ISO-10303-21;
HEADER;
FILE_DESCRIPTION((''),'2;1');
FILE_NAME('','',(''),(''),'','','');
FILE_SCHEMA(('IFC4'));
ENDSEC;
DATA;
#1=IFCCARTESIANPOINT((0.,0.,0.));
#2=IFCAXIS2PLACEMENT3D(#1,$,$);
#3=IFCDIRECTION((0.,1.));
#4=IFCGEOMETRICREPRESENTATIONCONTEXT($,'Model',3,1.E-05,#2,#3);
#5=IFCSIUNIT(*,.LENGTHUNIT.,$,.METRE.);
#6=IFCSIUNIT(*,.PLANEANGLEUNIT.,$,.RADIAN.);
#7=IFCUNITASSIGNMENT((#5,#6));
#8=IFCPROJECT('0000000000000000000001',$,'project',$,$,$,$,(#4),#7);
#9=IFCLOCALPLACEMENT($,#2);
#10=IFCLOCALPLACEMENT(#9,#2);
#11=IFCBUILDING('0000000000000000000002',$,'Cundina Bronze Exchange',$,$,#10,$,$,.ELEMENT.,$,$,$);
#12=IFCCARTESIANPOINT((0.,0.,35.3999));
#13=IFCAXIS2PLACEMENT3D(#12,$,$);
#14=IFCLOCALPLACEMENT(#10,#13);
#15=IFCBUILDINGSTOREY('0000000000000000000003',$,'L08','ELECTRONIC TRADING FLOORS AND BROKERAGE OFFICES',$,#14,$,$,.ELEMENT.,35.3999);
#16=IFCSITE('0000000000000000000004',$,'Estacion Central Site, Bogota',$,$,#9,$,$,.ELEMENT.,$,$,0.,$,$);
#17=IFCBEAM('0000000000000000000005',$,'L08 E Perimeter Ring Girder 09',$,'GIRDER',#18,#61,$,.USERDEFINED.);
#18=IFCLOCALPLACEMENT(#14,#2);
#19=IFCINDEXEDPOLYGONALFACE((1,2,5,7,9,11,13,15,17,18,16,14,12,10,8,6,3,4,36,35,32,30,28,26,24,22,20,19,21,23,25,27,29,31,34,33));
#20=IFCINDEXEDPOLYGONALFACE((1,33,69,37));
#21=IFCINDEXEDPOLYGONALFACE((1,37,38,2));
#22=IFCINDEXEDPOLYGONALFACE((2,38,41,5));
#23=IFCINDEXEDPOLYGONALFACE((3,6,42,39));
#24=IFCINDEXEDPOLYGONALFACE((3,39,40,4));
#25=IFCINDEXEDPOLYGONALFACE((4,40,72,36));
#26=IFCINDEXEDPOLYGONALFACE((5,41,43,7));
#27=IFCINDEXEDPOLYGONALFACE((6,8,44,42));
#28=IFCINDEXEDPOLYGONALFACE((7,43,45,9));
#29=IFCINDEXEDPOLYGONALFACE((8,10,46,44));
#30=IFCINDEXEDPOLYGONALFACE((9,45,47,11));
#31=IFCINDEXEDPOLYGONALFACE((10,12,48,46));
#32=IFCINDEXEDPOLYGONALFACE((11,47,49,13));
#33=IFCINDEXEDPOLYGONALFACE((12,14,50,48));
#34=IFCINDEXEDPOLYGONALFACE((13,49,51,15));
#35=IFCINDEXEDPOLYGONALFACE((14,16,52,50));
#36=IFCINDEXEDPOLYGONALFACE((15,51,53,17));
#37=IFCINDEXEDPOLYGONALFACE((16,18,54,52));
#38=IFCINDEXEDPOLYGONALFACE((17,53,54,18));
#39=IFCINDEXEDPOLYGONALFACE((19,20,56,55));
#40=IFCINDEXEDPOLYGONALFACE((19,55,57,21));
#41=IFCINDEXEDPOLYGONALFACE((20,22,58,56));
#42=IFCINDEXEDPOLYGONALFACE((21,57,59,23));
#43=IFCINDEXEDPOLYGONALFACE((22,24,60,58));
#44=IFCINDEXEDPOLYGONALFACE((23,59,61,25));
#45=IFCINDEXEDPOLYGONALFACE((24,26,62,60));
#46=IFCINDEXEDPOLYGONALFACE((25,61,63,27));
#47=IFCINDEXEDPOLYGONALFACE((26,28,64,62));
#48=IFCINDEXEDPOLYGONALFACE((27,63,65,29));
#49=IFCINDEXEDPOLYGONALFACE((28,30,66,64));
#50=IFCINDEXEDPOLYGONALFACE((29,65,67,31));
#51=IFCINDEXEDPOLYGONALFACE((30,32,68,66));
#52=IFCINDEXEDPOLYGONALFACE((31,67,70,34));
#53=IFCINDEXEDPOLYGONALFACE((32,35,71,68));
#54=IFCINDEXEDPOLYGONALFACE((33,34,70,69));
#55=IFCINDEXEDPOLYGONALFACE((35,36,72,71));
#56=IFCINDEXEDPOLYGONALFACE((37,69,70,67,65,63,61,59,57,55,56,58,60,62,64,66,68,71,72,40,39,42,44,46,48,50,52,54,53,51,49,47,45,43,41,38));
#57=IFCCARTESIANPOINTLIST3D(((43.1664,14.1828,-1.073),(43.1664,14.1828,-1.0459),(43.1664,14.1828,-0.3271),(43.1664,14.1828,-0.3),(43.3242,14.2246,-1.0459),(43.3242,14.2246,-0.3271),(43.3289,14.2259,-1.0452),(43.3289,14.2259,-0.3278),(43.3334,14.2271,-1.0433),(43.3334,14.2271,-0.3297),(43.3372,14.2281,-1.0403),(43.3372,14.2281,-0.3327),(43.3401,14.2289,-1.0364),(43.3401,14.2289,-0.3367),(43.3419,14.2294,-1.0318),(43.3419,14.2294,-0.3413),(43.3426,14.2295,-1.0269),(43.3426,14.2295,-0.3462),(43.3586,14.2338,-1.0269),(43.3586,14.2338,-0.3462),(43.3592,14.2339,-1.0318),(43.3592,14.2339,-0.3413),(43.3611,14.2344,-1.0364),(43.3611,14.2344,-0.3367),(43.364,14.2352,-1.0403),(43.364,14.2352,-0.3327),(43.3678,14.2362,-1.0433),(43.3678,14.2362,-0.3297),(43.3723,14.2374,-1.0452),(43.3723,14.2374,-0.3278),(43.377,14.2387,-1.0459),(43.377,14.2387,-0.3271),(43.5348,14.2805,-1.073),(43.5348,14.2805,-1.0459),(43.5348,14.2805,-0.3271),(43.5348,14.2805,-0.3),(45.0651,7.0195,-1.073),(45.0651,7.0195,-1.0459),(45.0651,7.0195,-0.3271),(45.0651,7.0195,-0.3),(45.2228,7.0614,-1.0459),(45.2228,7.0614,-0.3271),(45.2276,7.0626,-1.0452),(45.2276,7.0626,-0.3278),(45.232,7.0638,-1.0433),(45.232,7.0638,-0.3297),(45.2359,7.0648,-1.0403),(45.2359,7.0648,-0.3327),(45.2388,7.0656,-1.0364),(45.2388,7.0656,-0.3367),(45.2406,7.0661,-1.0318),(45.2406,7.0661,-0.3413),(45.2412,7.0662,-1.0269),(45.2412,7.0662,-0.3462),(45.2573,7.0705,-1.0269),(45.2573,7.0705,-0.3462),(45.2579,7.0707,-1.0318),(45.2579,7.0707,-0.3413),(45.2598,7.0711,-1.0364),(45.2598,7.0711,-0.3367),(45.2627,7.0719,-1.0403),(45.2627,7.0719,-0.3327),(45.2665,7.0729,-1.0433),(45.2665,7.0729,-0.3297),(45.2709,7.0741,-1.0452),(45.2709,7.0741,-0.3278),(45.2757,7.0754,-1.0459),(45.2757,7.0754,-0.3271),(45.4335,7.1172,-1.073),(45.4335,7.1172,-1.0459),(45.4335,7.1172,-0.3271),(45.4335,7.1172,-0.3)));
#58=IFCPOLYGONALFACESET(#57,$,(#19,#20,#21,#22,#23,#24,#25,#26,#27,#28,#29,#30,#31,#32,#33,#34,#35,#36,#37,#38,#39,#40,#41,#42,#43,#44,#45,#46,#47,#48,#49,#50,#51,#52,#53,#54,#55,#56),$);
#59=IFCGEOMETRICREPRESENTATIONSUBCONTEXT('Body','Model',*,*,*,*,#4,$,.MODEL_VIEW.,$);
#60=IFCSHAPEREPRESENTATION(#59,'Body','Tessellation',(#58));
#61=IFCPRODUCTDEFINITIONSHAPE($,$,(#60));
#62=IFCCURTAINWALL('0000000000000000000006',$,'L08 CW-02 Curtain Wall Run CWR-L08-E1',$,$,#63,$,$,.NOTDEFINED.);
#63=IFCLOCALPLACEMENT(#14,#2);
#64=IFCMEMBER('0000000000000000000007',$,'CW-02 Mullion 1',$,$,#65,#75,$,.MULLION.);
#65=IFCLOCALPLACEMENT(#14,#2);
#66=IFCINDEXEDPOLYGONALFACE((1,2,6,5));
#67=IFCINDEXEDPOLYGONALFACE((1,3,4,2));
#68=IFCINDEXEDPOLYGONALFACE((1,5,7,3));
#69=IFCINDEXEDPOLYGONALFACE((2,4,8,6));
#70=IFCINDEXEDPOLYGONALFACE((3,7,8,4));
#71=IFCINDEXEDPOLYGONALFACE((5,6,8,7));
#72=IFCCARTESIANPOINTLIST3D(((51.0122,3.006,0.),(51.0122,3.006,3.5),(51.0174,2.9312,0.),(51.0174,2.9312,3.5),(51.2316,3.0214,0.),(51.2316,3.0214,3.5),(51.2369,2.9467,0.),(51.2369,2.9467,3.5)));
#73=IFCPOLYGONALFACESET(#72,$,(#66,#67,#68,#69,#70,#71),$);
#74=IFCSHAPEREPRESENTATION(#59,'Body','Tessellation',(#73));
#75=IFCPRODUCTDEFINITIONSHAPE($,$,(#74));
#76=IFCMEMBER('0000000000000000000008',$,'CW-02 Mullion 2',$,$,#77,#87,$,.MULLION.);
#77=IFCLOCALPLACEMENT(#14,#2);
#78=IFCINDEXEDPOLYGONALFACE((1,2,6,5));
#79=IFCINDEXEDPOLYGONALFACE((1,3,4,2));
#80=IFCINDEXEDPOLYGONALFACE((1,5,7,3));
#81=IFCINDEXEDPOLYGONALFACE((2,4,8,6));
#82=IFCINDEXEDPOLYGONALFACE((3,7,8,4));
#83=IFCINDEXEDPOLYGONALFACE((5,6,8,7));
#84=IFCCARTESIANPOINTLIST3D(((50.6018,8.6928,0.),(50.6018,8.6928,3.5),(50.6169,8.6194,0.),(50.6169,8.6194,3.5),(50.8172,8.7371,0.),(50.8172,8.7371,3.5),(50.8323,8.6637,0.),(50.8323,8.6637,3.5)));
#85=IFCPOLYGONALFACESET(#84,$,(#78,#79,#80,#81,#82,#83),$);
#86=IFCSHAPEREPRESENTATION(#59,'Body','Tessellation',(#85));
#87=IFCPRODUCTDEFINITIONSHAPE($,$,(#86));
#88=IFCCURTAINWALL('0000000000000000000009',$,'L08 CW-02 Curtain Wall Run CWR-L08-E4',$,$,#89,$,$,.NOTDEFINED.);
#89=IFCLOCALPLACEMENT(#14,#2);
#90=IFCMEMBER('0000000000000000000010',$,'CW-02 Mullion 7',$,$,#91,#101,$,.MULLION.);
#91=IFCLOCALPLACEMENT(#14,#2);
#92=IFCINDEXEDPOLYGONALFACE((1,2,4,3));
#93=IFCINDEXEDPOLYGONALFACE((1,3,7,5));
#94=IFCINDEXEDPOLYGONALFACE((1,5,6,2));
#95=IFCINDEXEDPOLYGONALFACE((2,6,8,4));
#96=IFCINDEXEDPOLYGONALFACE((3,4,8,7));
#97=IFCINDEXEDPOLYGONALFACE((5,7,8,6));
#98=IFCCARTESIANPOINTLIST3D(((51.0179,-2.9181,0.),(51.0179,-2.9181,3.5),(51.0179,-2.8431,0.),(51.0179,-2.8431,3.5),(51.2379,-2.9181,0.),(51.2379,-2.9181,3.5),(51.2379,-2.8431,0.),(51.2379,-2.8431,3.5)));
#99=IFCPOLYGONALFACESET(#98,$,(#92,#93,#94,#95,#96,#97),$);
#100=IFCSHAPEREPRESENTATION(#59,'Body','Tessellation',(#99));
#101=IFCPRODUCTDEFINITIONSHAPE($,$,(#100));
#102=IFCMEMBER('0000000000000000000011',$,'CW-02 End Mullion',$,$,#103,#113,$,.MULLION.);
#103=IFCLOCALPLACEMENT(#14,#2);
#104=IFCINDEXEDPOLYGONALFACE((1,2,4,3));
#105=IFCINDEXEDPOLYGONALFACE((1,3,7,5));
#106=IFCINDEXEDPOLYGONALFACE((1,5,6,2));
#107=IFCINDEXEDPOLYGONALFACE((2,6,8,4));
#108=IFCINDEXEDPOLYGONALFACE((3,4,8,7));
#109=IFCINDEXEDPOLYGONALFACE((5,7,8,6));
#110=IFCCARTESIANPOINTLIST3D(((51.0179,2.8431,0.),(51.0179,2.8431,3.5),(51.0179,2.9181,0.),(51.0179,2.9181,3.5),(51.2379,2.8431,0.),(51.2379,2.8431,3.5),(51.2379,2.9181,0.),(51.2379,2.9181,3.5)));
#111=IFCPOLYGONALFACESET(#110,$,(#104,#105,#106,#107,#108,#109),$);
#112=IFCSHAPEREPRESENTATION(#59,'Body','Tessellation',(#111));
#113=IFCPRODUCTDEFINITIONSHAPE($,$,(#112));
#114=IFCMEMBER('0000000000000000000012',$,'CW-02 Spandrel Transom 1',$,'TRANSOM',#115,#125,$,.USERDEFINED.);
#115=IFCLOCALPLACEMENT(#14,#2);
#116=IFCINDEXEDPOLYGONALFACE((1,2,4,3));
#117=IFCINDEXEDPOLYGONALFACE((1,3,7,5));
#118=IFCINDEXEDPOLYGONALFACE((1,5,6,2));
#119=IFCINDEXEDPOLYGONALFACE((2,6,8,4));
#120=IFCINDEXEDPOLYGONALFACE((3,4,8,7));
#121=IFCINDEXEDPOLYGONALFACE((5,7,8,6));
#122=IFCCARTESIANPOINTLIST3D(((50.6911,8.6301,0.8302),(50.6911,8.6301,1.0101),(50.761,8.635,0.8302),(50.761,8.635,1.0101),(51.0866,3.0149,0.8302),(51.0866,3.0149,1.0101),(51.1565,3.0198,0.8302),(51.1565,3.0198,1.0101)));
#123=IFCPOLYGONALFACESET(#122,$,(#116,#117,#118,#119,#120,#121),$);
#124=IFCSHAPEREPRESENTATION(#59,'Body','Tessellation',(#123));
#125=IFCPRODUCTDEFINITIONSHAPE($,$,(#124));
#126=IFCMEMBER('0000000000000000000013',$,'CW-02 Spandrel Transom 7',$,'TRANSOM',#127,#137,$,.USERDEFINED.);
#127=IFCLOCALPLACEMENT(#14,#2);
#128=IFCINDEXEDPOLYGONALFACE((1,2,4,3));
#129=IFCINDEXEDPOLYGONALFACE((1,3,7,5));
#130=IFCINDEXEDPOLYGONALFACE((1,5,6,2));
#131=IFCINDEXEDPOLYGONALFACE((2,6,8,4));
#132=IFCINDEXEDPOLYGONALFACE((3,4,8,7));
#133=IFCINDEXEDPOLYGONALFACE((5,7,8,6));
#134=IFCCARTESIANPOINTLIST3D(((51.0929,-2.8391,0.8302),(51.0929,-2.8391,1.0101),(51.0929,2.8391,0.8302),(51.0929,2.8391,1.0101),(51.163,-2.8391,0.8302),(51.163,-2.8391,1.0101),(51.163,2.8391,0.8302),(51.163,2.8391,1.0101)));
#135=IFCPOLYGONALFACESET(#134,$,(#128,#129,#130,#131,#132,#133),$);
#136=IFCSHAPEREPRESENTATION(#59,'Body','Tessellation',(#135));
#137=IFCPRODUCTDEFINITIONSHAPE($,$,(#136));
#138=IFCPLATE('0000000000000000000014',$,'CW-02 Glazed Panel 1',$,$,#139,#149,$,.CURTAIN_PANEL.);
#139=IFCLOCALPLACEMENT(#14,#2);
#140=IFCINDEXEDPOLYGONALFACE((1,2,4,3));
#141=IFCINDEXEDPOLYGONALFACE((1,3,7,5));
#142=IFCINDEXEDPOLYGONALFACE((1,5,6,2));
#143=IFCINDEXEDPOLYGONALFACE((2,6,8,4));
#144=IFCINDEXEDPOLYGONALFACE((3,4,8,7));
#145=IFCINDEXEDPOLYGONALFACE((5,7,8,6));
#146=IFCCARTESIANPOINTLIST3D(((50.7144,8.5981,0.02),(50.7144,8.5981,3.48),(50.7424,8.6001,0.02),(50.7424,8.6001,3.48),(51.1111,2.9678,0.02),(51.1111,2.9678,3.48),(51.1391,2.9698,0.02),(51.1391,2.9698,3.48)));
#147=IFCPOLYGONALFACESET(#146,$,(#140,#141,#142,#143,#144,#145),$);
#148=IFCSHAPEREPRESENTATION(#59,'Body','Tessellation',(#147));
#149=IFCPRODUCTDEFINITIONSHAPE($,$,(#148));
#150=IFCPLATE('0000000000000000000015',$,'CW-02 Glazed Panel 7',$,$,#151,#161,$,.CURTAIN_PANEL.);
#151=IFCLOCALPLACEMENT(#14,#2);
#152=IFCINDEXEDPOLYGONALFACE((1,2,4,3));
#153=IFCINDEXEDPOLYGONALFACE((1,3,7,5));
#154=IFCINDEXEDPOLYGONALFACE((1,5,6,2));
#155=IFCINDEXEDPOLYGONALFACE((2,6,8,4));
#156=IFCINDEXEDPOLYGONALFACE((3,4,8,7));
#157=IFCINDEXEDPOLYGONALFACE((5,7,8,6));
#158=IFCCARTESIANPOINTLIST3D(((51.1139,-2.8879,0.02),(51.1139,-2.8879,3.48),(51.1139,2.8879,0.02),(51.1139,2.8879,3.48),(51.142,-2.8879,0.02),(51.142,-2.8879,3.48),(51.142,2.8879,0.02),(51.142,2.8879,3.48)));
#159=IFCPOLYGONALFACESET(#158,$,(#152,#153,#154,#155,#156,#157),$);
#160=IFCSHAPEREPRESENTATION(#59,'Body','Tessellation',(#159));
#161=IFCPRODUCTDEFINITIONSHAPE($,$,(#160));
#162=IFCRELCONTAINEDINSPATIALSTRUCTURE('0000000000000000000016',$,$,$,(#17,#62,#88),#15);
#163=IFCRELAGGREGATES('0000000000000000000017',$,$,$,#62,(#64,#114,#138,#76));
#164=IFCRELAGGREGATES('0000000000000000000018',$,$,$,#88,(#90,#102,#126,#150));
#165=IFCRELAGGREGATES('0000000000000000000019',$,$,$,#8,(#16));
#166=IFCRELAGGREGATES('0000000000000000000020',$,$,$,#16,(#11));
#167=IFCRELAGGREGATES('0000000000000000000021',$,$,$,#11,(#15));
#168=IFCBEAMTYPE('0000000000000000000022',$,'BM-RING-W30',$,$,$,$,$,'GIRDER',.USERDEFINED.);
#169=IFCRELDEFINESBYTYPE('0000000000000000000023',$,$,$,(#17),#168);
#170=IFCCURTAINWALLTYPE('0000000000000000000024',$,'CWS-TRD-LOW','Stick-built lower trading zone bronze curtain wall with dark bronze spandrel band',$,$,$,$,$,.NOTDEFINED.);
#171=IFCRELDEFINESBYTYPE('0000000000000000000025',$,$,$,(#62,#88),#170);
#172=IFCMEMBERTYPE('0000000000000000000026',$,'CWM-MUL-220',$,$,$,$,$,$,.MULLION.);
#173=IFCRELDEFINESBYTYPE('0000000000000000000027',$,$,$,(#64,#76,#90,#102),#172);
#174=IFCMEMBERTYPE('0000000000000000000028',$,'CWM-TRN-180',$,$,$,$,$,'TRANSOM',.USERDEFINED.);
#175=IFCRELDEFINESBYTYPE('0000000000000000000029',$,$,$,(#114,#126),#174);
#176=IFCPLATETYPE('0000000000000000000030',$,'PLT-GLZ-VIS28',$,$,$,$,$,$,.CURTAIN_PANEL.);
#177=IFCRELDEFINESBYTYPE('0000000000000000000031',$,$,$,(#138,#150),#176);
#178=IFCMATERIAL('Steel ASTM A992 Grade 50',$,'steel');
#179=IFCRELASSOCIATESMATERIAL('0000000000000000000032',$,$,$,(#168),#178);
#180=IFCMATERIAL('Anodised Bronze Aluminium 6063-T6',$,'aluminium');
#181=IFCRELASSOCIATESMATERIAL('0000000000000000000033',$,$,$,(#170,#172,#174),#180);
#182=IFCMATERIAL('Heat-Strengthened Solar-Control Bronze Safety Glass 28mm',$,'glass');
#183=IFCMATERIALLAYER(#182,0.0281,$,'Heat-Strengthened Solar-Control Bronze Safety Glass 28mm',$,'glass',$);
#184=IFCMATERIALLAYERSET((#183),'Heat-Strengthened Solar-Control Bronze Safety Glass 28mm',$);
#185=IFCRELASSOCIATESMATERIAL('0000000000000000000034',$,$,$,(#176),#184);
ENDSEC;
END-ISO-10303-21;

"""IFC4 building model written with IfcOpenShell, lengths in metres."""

from ifc_helpers import new_model, si_unit, direction, frame, origin, origin_2d, place, context, subcontext, project, spatial, rectangle, i_section, extrude, material, layer, layer_set, material_profile, profile_set, type_object, element, aggregate, save


model = new_model("IFC4")

# Units and contexts
model_context = context("Model", 3, precision=1e-05, world=origin(), true_north=direction((0.0, 1.0)))
body_context = subcontext(model_context, "Body", "Model", "MODEL_VIEW")
ifc_project = project(units=[si_unit("LENGTHUNIT", "METRE"), si_unit("PLANEANGLEUNIT", "RADIAN")], contexts=[model_context])

# Site, building, storey
site_placement = place(None, origin())
site = spatial("IfcSite", under=ifc_project, at=site_placement, Name="Estacion Central Site, Bogota", CompositionType="ELEMENT", RefElevation=0.0)
building_placement = place(site_placement, origin())
building = spatial("IfcBuilding", under=site, at=building_placement, Name="Cundina Bronze Exchange", CompositionType="ELEMENT")
storey_placement = place(building_placement, frame((0.0, 0.0, 35.3999)))
storey = spatial("IfcBuildingStorey", under=building, at=storey_placement, Name="L08", Description="ELECTRONIC TRADING FLOORS AND BROKERAGE OFFICES", CompositionType="ELEMENT", Elevation=35.3999)

# Shared definitions
ifc_material_1 = material(Name="Steel ASTM A992 Grade 50", Category="steel")

# Beam
ifc_material_profile_1 = material_profile(ifc_material_1, i_section(OverallWidth=0.3811, OverallDepth=0.7729, WebThickness=0.0166, FlangeThickness=0.0271, FilletRadius=0.019, at=origin_2d()), Name="W30X173", Category="steel")
ifc_profile_set_1 = profile_set([ifc_material_profile_1], Name="Steel ASTM A992 Grade 50")
beam_type_1 = type_object("IfcBeamType", Name="BM-RING-W30", ElementType="GIRDER", PredefinedType="USERDEFINED", material=ifc_profile_set_1)
for number, where, z_axis, x_axis, name in (
    (1, (45.2493, 7.0684, -0.6865), (-0.256209, 0.966622, 0.0), (-0.966622, -0.256209, 0.0), "L08 E Perimeter Ring Girder 09"),
):
    element("IfcBeam", number, at=place(storey_placement, frame(where, z_axis=z_axis, x_axis=x_axis)), inside=storey, type_object=beam_type_1, Name=name, ObjectType="GIRDER", PredefinedType="USERDEFINED", context=body_context, shape_type="SweptSolid", body=[
        extrude(i_section(OverallWidth=0.3811, OverallDepth=0.7729, WebThickness=0.0166, FlangeThickness=0.0271, FilletRadius=0.019, at=origin_2d()), origin(), (0.0, 0.0, 1.0), 7.4106),
    ])

# Curtain walls, members
ifc_material_2 = material(Name="Anodised Bronze Aluminium 6063-T6", Category="aluminium")
curtain_wall_type = type_object("IfcCurtainWallType", Name="CWS-TRD-LOW", Description="Stick-built lower trading zone bronze curtain wall with dark bronze spandrel band", PredefinedType="NOTDEFINED", material=ifc_material_2)
curtain_wall_1_placement = place(storey_placement, origin())
curtain_wall_1 = element("IfcCurtainWall", 2, at=curtain_wall_1_placement, inside=storey, type_object=curtain_wall_type, Name="L08 CW-02 Curtain Wall Run CWR-L08-E1", PredefinedType="NOTDEFINED")
ifc_material_profile_2 = material_profile(ifc_material_2, rectangle(XDim=0.075, YDim=0.22, at=origin_2d()), Name="AL75X220", Category="aluminium")
ifc_profile_set_2 = profile_set([ifc_material_profile_2], Name="Anodised Bronze Aluminium 6063-T6")
member_type_1 = type_object("IfcMemberType", Name="CWM-MUL-220", PredefinedType="MULLION", material=ifc_profile_set_2)
member_1_placement = place(storey_placement, frame((51.1245, 2.9763, 0.0), z_axis=(0.0, 0.0, 1.0), x_axis=(-0.070279, 0.997527, 0.0)))
member_1 = element("IfcMember", 3, at=member_1_placement, type_object=member_type_1, Name="CW-02 Mullion 1", PredefinedType="MULLION", context=body_context, shape_type="SweptSolid", body=[
    extrude(rectangle(XDim=0.075, YDim=0.22, at=origin_2d()), origin(), (0.0, 0.0, 1.0), 3.5),
])
member_2_placement = place(storey_placement, frame((50.717, 8.6782, 0.0), z_axis=(0.0, 0.0, 1.0), x_axis=(-0.20142, 0.979505, 0.0)))
member_2 = element("IfcMember", 4, at=member_2_placement, type_object=member_type_1, Name="CW-02 Mullion 2", PredefinedType="MULLION", context=body_context, shape_type="SweptSolid", body=[
    extrude(rectangle(XDim=0.075, YDim=0.22, at=origin_2d()), origin(), (0.0, 0.0, 1.0), 3.5),
])
curtain_wall_2_placement = place(storey_placement, origin())
curtain_wall_2 = element("IfcCurtainWall", 5, at=curtain_wall_2_placement, inside=storey, type_object=curtain_wall_type, Name="L08 CW-02 Curtain Wall Run CWR-L08-E4", PredefinedType="NOTDEFINED")
member_3_placement = place(storey_placement, frame((51.1279, -2.8806, 0.0), z_axis=(0.0, 0.0, 1.0), x_axis=(0.0, 1.0, 0.0)))
member_3 = element("IfcMember", 6, at=member_3_placement, type_object=member_type_1, Name="CW-02 Mullion 7", PredefinedType="MULLION", context=body_context, shape_type="SweptSolid", body=[
    extrude(rectangle(XDim=0.075, YDim=0.22, at=origin_2d()), origin(), (0.0, 0.0, 1.0), 3.5),
])
member_4_placement = place(storey_placement, frame((51.1279, 2.8806, 0.0), z_axis=(0.0, 0.0, 1.0), x_axis=(0.0, 1.0, 0.0)))
member_4 = element("IfcMember", 7, at=member_4_placement, type_object=member_type_1, Name="CW-02 End Mullion", PredefinedType="MULLION", context=body_context, shape_type="SweptSolid", body=[
    extrude(rectangle(XDim=0.075, YDim=0.22, at=origin_2d()), origin(), (0.0, 0.0, 1.0), 3.5),
])

# Members
ifc_material_profile_3 = material_profile(ifc_material_2, rectangle(XDim=0.0701, YDim=0.1799, at=origin_2d()), Name="AL70X180", Category="aluminium")
ifc_profile_set_3 = profile_set([ifc_material_profile_3], Name="Anodised Bronze Aluminium 6063-T6")
member_type_2 = type_object("IfcMemberType", Name="CWM-TRN-180", ElementType="TRANSOM", PredefinedType="USERDEFINED", material=ifc_profile_set_3)
member_5_placement = place(storey_placement, frame((51.1216, 3.0173, 0.9202), z_axis=(-0.070261, 0.997529, 0.0), x_axis=(-0.997529, -0.070261, 0.0)))
member_5 = element("IfcMember", 8, at=member_5_placement, type_object=member_type_2, Name="CW-02 Spandrel Transom 1", ObjectType="TRANSOM", PredefinedType="USERDEFINED", context=body_context, shape_type="SweptSolid", body=[
    extrude(rectangle(XDim=0.0701, YDim=0.1799, at=origin_2d()), origin(), (0.0, 0.0, 1.0), 5.6292),
])
member_6_placement = place(storey_placement, frame((51.1279, -2.8391, 0.9202), z_axis=(0.0, 1.0, 0.0), x_axis=(-1.0, 0.0, 0.0)))
member_6 = element("IfcMember", 9, at=member_6_placement, type_object=member_type_2, Name="CW-02 Spandrel Transom 7", ObjectType="TRANSOM", PredefinedType="USERDEFINED", context=body_context, shape_type="SweptSolid", body=[
    extrude(rectangle(XDim=0.0701, YDim=0.1799, at=origin_2d()), origin(), (0.0, 0.0, 1.0), 5.6782),
])

# Plates
ifc_material_3 = material(Name="Heat-Strengthened Solar-Control Bronze Safety Glass 28mm", Category="glass")
ifc_layer_1 = layer(ifc_material_3, 0.0281, Name="Heat-Strengthened Solar-Control Bronze Safety Glass 28mm", Category="glass")
ifc_layer_set_1 = layer_set([ifc_layer_1], Name="Heat-Strengthened Solar-Control Bronze Safety Glass 28mm")
plate_type = type_object("IfcPlateType", Name="PLT-GLZ-VIS28", PredefinedType="CURTAIN_PANEL", material=ifc_layer_set_1)
plate_1_placement = place(storey_placement, frame((50.9268, 5.7839, 0.02), z_axis=(0.0, 0.0, 1.0), x_axis=(-0.070279, 0.997527, 0.0)))
plate_1 = element("IfcPlate", 10, at=plate_1_placement, type_object=plate_type, Name="CW-02 Glazed Panel 1", PredefinedType="CURTAIN_PANEL", context=body_context, shape_type="SweptSolid", body=[
    extrude(rectangle(XDim=5.6443, YDim=0.0281, at=origin_2d()), origin(), (0.0, 0.0, 1.0), 3.46),
])
aggregate(curtain_wall_1, [member_1, member_5, plate_1, member_2])
plate_2_placement = place(storey_placement, frame((51.1279, 0.0, 0.02), z_axis=(0.0, 0.0, 1.0), x_axis=(0.0, 1.0, 0.0)))
plate_2 = element("IfcPlate", 11, at=plate_2_placement, type_object=plate_type, Name="CW-02 Glazed Panel 7", PredefinedType="CURTAIN_PANEL", context=body_context, shape_type="SweptSolid", body=[
    extrude(rectangle(XDim=5.7759, YDim=0.0281, at=origin_2d()), origin(), (0.0, 0.0, 1.0), 3.46),
])
aggregate(curtain_wall_2, [member_3, member_4, member_6, plate_2])

save(model, "model.ifc")
